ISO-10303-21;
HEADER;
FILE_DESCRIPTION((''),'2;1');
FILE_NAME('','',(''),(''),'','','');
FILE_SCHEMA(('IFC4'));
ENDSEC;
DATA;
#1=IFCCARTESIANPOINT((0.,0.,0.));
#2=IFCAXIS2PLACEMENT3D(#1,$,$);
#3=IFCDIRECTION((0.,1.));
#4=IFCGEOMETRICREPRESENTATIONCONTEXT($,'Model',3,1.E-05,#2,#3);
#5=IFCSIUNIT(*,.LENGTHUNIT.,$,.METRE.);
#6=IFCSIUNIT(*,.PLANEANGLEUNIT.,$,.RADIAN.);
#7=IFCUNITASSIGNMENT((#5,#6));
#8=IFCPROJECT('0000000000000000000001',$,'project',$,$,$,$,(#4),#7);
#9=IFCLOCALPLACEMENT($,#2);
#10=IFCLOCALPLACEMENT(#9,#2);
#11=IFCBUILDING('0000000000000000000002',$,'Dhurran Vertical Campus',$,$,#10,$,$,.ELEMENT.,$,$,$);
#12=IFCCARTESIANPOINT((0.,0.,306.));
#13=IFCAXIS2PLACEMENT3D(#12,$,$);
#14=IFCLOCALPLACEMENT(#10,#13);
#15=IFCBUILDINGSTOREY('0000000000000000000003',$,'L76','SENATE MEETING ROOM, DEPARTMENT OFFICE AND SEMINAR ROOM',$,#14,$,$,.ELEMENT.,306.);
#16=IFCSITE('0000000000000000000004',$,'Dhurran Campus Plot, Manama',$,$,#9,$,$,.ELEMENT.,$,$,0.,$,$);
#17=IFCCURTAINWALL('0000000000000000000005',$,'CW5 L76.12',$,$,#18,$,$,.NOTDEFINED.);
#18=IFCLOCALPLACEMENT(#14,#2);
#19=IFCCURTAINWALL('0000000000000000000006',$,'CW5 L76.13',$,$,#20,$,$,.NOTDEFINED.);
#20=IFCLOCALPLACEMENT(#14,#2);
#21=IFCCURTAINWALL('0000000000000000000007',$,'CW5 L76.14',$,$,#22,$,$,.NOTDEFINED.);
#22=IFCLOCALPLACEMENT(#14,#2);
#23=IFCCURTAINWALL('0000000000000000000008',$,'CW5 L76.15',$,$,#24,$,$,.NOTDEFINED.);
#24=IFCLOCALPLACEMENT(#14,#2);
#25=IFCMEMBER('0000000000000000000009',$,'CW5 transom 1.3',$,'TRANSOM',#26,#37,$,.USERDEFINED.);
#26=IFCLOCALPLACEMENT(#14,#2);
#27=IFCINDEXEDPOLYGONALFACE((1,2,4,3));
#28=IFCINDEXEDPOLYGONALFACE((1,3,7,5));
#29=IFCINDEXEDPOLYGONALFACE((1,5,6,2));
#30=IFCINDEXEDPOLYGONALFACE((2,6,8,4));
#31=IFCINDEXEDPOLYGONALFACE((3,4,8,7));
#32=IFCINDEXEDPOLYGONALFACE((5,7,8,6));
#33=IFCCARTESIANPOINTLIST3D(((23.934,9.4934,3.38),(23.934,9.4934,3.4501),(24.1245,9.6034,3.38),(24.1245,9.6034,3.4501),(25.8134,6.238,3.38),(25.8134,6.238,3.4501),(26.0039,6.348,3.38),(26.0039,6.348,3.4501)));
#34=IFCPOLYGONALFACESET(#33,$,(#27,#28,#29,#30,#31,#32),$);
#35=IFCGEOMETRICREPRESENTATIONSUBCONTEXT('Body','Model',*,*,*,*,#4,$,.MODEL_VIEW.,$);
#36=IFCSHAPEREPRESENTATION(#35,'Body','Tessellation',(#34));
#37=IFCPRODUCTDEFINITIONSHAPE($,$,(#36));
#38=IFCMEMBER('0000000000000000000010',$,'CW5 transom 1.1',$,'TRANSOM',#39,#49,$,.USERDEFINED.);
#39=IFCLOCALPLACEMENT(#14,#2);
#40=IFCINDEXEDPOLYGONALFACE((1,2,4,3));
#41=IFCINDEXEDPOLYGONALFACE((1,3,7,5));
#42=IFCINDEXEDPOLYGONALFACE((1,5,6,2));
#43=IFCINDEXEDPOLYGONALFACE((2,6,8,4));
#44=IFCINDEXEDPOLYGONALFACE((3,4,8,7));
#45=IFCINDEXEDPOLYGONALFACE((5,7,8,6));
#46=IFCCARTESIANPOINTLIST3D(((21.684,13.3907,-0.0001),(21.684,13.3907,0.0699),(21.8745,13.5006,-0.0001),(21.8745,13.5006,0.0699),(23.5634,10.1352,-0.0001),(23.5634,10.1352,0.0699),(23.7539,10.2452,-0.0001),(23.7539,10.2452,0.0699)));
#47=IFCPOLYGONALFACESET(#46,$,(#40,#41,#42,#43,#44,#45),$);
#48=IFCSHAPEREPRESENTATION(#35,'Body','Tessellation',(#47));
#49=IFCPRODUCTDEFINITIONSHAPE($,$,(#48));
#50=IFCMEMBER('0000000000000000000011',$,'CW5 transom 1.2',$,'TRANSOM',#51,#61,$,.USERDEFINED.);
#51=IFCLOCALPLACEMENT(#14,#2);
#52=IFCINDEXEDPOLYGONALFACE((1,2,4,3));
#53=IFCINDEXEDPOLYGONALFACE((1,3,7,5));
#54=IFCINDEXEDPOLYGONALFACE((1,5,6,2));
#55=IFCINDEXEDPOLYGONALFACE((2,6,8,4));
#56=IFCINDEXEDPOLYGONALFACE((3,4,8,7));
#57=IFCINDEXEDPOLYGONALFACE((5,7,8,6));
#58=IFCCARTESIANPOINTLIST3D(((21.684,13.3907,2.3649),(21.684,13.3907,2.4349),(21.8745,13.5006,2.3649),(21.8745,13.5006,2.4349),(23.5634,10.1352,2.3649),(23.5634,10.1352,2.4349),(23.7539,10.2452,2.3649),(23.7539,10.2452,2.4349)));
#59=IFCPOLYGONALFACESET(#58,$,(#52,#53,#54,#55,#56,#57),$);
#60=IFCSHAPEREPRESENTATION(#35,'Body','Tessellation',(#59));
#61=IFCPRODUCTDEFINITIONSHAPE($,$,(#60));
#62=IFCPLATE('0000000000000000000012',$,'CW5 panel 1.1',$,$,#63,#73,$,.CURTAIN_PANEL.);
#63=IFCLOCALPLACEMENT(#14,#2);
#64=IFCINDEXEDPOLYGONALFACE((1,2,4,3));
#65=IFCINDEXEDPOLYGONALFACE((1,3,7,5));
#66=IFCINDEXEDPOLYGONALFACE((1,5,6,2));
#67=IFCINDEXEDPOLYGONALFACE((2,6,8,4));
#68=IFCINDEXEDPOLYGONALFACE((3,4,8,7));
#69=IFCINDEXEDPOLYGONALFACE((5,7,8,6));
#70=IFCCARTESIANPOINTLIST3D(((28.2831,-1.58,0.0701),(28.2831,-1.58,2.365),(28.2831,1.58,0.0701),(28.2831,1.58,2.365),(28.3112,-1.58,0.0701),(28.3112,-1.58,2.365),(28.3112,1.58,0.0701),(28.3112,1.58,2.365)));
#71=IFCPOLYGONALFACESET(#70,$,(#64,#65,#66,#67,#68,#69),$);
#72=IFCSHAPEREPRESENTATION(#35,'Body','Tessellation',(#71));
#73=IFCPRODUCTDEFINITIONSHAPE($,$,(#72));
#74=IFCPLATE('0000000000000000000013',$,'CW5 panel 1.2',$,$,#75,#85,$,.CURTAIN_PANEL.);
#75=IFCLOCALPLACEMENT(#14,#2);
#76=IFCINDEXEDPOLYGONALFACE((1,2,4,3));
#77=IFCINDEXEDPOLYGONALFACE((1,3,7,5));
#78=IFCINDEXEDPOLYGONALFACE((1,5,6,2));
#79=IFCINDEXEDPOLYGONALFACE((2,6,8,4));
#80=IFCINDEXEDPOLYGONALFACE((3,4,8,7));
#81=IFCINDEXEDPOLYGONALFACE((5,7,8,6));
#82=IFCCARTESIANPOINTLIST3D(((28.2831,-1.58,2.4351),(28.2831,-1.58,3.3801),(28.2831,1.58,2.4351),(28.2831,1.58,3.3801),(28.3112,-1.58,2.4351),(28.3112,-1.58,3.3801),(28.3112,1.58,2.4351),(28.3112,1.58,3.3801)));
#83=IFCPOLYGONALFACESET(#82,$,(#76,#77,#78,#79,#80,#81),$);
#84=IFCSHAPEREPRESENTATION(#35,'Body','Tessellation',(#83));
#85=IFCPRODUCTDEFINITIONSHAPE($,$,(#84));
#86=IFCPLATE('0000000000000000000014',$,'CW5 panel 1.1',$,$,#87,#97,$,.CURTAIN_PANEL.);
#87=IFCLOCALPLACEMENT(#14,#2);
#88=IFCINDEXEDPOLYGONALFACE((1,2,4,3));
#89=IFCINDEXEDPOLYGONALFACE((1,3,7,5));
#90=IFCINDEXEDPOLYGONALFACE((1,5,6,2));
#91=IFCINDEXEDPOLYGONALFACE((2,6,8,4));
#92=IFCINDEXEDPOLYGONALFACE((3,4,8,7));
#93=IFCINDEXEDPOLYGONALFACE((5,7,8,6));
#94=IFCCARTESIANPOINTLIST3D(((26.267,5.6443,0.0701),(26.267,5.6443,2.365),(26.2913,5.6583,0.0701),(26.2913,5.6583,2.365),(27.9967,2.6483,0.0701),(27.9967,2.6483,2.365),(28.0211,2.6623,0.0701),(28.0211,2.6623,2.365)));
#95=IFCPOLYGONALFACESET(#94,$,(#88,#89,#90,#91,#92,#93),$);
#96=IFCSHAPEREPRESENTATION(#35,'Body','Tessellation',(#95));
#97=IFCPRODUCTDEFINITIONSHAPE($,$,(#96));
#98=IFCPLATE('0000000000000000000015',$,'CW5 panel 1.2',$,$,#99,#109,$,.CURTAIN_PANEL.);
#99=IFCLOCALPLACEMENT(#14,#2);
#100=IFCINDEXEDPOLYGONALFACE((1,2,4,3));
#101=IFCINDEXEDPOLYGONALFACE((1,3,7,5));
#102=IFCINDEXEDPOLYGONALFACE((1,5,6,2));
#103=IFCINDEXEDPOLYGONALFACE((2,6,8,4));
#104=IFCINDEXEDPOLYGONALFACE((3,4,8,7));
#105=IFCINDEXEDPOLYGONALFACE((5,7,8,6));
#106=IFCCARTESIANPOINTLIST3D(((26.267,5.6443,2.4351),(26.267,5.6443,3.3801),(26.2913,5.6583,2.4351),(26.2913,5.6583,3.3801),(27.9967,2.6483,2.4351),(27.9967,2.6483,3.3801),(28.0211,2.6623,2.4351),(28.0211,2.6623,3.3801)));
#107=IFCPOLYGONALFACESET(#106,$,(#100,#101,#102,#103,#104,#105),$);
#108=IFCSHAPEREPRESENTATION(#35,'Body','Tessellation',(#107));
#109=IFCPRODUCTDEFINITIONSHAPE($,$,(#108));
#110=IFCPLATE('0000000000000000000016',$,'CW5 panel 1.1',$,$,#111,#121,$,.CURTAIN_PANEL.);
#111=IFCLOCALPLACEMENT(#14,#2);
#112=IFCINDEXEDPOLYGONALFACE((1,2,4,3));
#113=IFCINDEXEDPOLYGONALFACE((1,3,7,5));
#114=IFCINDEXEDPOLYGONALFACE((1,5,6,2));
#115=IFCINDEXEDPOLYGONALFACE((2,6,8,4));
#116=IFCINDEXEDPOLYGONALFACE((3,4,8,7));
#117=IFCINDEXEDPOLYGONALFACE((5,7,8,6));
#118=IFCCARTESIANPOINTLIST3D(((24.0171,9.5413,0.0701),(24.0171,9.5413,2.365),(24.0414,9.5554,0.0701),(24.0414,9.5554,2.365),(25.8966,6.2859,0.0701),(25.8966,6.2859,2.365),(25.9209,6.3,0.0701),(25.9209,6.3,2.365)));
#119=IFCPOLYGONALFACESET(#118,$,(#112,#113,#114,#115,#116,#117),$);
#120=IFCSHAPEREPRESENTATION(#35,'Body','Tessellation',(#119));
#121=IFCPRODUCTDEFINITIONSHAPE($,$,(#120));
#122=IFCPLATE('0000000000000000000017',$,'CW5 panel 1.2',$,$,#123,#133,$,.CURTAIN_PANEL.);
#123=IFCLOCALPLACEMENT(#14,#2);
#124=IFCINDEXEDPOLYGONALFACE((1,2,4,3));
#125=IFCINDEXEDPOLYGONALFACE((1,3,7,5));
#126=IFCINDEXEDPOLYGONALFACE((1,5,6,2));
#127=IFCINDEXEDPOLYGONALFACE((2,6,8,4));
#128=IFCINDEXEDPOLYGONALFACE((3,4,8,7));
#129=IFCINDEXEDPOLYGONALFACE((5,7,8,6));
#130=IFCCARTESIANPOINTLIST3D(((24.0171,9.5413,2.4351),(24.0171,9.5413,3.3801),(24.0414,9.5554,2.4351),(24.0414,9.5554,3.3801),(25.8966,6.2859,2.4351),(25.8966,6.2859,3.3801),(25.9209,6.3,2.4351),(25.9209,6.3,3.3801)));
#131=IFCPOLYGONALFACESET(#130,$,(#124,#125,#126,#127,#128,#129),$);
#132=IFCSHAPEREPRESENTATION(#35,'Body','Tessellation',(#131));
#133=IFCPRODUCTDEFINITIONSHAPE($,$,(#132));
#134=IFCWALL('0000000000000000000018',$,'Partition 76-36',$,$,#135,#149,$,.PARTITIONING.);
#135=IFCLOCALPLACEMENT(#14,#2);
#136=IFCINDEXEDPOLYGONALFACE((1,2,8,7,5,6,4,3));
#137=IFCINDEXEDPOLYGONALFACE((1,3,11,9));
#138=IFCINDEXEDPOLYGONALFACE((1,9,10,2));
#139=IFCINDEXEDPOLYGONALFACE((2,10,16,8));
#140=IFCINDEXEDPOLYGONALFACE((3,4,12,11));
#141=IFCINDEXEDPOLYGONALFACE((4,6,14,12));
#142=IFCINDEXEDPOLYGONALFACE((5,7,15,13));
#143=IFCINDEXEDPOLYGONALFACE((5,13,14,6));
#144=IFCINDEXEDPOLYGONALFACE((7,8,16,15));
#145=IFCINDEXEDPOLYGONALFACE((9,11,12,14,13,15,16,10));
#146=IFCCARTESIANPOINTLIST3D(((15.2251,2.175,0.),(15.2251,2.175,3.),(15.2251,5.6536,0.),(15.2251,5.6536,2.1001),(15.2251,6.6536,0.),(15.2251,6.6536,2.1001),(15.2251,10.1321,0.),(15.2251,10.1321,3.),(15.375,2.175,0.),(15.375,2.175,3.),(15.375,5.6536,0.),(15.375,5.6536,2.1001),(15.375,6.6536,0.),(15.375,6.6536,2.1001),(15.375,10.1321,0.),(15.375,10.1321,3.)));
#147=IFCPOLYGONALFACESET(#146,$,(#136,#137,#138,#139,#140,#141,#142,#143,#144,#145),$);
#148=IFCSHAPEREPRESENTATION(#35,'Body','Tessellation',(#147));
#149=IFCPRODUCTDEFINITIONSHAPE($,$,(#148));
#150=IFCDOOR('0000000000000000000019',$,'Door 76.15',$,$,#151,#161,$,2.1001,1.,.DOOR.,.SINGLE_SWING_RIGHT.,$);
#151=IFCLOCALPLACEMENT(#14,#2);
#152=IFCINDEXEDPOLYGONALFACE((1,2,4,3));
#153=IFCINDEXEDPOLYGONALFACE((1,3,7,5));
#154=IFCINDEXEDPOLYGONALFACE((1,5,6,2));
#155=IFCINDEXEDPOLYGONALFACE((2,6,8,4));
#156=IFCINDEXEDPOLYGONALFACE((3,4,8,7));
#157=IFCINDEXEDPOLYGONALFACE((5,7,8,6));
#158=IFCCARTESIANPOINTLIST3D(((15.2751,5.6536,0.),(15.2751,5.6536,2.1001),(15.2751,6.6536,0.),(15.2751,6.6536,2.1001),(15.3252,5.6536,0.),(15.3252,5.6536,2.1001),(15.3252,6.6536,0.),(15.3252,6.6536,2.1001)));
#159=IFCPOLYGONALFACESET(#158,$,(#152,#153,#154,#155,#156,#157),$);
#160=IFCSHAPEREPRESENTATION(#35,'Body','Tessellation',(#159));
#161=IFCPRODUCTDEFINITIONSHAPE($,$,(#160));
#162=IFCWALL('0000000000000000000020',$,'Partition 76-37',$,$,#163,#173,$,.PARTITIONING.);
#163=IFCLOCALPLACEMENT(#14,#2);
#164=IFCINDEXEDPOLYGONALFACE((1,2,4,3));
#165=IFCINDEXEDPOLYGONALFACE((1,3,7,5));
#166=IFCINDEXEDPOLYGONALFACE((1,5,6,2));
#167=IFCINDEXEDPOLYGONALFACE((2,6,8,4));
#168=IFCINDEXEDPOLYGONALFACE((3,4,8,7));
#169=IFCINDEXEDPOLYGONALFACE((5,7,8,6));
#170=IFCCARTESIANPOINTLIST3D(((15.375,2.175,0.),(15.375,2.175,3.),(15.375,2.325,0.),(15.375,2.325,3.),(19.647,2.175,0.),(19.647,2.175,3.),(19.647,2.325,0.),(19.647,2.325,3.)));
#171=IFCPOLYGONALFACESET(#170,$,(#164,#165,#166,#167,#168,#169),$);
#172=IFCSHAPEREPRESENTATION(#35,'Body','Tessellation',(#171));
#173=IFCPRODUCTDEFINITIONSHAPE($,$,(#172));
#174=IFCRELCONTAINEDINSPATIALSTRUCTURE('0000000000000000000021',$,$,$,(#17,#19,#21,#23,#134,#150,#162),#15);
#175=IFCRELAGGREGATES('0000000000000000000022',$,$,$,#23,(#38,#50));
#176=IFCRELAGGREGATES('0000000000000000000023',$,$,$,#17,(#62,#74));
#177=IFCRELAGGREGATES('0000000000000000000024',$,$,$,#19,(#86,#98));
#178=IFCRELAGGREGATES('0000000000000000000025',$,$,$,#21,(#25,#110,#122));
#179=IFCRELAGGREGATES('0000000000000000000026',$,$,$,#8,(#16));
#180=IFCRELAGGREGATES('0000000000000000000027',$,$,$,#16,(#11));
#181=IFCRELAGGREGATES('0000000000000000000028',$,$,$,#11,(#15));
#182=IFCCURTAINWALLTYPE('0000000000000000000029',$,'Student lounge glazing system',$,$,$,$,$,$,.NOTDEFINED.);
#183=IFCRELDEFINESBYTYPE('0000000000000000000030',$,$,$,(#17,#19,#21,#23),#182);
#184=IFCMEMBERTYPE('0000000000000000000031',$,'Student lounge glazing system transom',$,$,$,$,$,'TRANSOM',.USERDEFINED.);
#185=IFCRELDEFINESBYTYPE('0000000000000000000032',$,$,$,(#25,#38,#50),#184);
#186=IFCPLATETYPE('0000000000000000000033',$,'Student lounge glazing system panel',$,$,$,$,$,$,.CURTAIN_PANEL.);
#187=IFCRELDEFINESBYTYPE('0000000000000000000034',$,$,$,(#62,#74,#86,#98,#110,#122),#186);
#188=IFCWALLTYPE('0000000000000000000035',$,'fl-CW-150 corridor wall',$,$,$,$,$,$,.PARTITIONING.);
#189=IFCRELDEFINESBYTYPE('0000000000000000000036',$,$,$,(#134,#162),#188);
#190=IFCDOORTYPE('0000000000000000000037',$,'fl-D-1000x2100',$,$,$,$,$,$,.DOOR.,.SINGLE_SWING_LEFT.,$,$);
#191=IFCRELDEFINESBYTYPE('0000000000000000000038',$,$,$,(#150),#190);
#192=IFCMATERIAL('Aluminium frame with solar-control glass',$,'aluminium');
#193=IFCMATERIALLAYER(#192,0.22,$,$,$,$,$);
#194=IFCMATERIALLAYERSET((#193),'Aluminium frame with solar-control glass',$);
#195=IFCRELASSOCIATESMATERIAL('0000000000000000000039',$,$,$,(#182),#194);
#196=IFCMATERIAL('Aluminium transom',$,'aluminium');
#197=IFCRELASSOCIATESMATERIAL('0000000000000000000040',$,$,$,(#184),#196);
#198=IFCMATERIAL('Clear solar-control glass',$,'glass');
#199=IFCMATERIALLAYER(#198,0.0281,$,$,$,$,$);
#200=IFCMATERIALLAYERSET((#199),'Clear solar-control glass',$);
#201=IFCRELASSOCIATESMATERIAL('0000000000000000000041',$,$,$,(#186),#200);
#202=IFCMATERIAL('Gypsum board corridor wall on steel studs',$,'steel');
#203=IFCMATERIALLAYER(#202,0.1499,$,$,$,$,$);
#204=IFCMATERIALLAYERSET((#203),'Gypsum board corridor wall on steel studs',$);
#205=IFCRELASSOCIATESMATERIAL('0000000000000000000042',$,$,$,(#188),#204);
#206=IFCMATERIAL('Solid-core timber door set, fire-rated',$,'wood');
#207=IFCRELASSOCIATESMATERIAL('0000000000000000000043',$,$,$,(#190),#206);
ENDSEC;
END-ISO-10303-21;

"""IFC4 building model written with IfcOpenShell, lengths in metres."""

from ifc_helpers import new_model, si_unit, direction, frame, frame_2d, origin, origin_2d, place, context, subcontext, project, spatial, rectangle, extrude, material, layer, layer_set, material_profile, profile_set, type_object, element, fill, aggregate, save


model = new_model("IFC4")

# Units and contexts
model_context = context("Model", 3, precision=1e-05, world=origin(), true_north=direction((0.0, 1.0)))
body_context = subcontext(model_context, "Body", "Model", "MODEL_VIEW")
ifc_project = project(units=[si_unit("LENGTHUNIT", "METRE"), si_unit("PLANEANGLEUNIT", "RADIAN")], contexts=[model_context])

# Site, building, storey
site_placement = place(None, origin())
site = spatial("IfcSite", under=ifc_project, at=site_placement, Name="Dhurran Campus Plot, Manama", CompositionType="ELEMENT", RefElevation=0.0)
building_placement = place(site_placement, origin())
building = spatial("IfcBuilding", under=site, at=building_placement, Name="Dhurran Vertical Campus", CompositionType="ELEMENT")
storey_placement = place(building_placement, frame((0.0, 0.0, 306.0)))
storey = spatial("IfcBuildingStorey", under=building, at=storey_placement, Name="L76", Description="SENATE MEETING ROOM, DEPARTMENT OFFICE AND SEMINAR ROOM", CompositionType="ELEMENT", Elevation=306.0)

# Curtain wall
ifc_material_1 = material(Name="Aluminium frame with solar-control glass", Category="aluminium")
ifc_layer_1 = layer(ifc_material_1, 0.22)
ifc_layer_set_1 = layer_set([ifc_layer_1], Name="Aluminium frame with solar-control glass")
curtain_wall_type = type_object("IfcCurtainWallType", Name="Student lounge glazing system", PredefinedType="NOTDEFINED", material=ifc_layer_set_1)
curtain_wall_1_placement = place(storey_placement, origin())
curtain_wall_1 = element("IfcCurtainWall", 1, at=curtain_wall_1_placement, inside=storey, type_object=curtain_wall_type, Name="CW5 L76.12", PredefinedType="NOTDEFINED")

# Curtain walls
curtain_wall_2_placement = place(storey_placement, origin())
curtain_wall_2 = element("IfcCurtainWall", 2, at=curtain_wall_2_placement, inside=storey, type_object=curtain_wall_type, Name="CW5 L76.13", PredefinedType="NOTDEFINED")
curtain_wall_3_placement = place(storey_placement, origin())
curtain_wall_3 = element("IfcCurtainWall", 3, at=curtain_wall_3_placement, inside=storey, type_object=curtain_wall_type, Name="CW5 L76.14", PredefinedType="NOTDEFINED")

# Curtain wall
curtain_wall_4_placement = place(storey_placement, origin())
curtain_wall_4 = element("IfcCurtainWall", 4, at=curtain_wall_4_placement, inside=storey, type_object=curtain_wall_type, Name="CW5 L76.15", PredefinedType="NOTDEFINED")

# Members
ifc_material_2 = material(Name="Aluminium transom", Category="aluminium")
ifc_material_profile_1 = material_profile(ifc_material_2, rectangle(XDim=0.22, YDim=0.0701, at=origin_2d()), Name="Student lounge glazing system transom")
ifc_profile_set_1 = profile_set([ifc_material_profile_1], Name="Aluminium transom")
member_type_1 = type_object("IfcMemberType", Name="Student lounge glazing system transom", ElementType="TRANSOM", PredefinedType="USERDEFINED", material=ifc_profile_set_1)
member_1_placement = place(storey_placement, frame((25.9087, 6.293, 3.415), z_axis=(-0.499981, 0.866036, 0.0), x_axis=(-0.866036, -0.499981, 0.0)))
member_1 = element("IfcMember", 5, at=member_1_placement, type_object=member_type_1, Name="CW5 transom 1.3", ObjectType="TRANSOM", PredefinedType="USERDEFINED", context=body_context, shape_type="SweptSolid", body=[
    extrude(rectangle(XDim=0.22, YDim=0.0701, at=origin_2d()), origin(), (0.0, 0.0, 1.0), 3.759),
])
member_2_placement = place(storey_placement, frame((23.6587, 10.1902, 0.0349), z_axis=(-0.499981, 0.866036, 0.0), x_axis=(-0.866036, -0.499981, 0.0)))
member_2 = element("IfcMember", 6, at=member_2_placement, type_object=member_type_1, Name="CW5 transom 1.1", ObjectType="TRANSOM", PredefinedType="USERDEFINED", context=body_context, shape_type="SweptSolid", body=[
    extrude(rectangle(XDim=0.22, YDim=0.0701, at=origin_2d()), origin(), (0.0, 0.0, 1.0), 3.759),
])
member_3_placement = place(storey_placement, frame((23.6587, 10.1902, 2.3999), z_axis=(-0.499981, 0.866036, 0.0), x_axis=(-0.866036, -0.499981, 0.0)))
member_3 = element("IfcMember", 7, at=member_3_placement, type_object=member_type_1, Name="CW5 transom 1.2", ObjectType="TRANSOM", PredefinedType="USERDEFINED", context=body_context, shape_type="SweptSolid", body=[
    extrude(rectangle(XDim=0.22, YDim=0.0701, at=origin_2d()), origin(), (0.0, 0.0, 1.0), 3.759),
])
aggregate(curtain_wall_4, [member_2, member_3])

# Plates
ifc_material_3 = material(Name="Clear solar-control glass", Category="glass")
ifc_layer_2 = layer(ifc_material_3, 0.0281)
ifc_layer_set_2 = layer_set([ifc_layer_2], Name="Clear solar-control glass")
plate_type = type_object("IfcPlateType", Name="Student lounge glazing system panel", PredefinedType="CURTAIN_PANEL", material=ifc_layer_set_2)
plate_1_placement = place(storey_placement, frame((28.2971, 0.0, 0.0701), z_axis=(0.0, 0.0, 1.0), x_axis=(0.0, 1.0, 0.0)))
plate_1 = element("IfcPlate", 8, at=plate_1_placement, type_object=plate_type, Name="CW5 panel 1.1", PredefinedType="CURTAIN_PANEL", context=body_context, shape_type="SweptSolid", body=[
    extrude(rectangle(XDim=3.1599, YDim=0.0281, at=origin_2d()), origin(), (0.0, 0.0, 1.0), 2.2949),
])
plate_2_placement = place(storey_placement, frame((28.2971, 0.0, 2.4351), z_axis=(0.0, 0.0, 1.0), x_axis=(0.0, 1.0, 0.0)))
plate_2 = element("IfcPlate", 9, at=plate_2_placement, type_object=plate_type, Name="CW5 panel 1.2", PredefinedType="CURTAIN_PANEL", context=body_context, shape_type="SweptSolid", body=[
    extrude(rectangle(XDim=3.1599, YDim=0.0281, at=origin_2d()), origin(), (0.0, 0.0, 1.0), 0.9451),
])
aggregate(curtain_wall_1, [plate_1, plate_2])
plate_3_placement = place(storey_placement, frame((27.144, 4.1533, 0.0701), z_axis=(0.0, 0.0, 1.0), x_axis=(-0.499997, 0.866027, 0.0)))
plate_3 = element("IfcPlate", 10, at=plate_3_placement, type_object=plate_type, Name="CW5 panel 1.1", PredefinedType="CURTAIN_PANEL", context=body_context, shape_type="SweptSolid", body=[
    extrude(rectangle(XDim=3.4595, YDim=0.0281, at=origin_2d()), origin(), (0.0, 0.0, 1.0), 2.2949),
])
plate_4_placement = place(storey_placement, frame((27.144, 4.1533, 2.4351), z_axis=(0.0, 0.0, 1.0), x_axis=(-0.499997, 0.866027, 0.0)))
plate_4 = element("IfcPlate", 11, at=plate_4_placement, type_object=plate_type, Name="CW5 panel 1.2", PredefinedType="CURTAIN_PANEL", context=body_context, shape_type="SweptSolid", body=[
    extrude(rectangle(XDim=3.4595, YDim=0.0281, at=origin_2d()), origin(), (0.0, 0.0, 1.0), 0.9451),
])
aggregate(curtain_wall_2, [plate_3, plate_4])
plate_5_placement = place(storey_placement, frame((24.969, 7.9207, 0.0701), z_axis=(0.0, 0.0, 1.0), x_axis=(-0.500004, 0.866023, 0.0)))
plate_5 = element("IfcPlate", 12, at=plate_5_placement, type_object=plate_type, Name="CW5 panel 1.1", PredefinedType="CURTAIN_PANEL", context=body_context, shape_type="SweptSolid", body=[
    extrude(rectangle(XDim=3.759, YDim=0.0281, at=origin_2d()), origin(), (0.0, 0.0, 1.0), 2.2949),
])
plate_6_placement = place(storey_placement, frame((24.969, 7.9207, 2.4351), z_axis=(0.0, 0.0, 1.0), x_axis=(-0.500004, 0.866023, 0.0)))
plate_6 = element("IfcPlate", 13, at=plate_6_placement, type_object=plate_type, Name="CW5 panel 1.2", PredefinedType="CURTAIN_PANEL", context=body_context, shape_type="SweptSolid", body=[
    extrude(rectangle(XDim=3.759, YDim=0.0281, at=origin_2d()), origin(), (0.0, 0.0, 1.0), 0.9451),
])
aggregate(curtain_wall_3, [member_1, plate_5, plate_6])

# Wall, opening, door
ifc_material_4 = material(Name="Gypsum board corridor wall on steel studs", Category="steel")
ifc_layer_3 = layer(ifc_material_4, 0.1499)
ifc_layer_set_3 = layer_set([ifc_layer_3], Name="Gypsum board corridor wall on steel studs")
wall_type_1 = type_object("IfcWallType", Name="fl-CW-150 corridor wall", PredefinedType="PARTITIONING", material=ifc_layer_set_3)
wall_1_placement = place(storey_placement, frame((15.3, 2.175, 0.0), z_axis=(0.0, 0.0, 1.0), x_axis=(0.0, 1.0, 0.0)))
wall_1 = element("IfcWall", 14, at=wall_1_placement, inside=storey, type_object=wall_type_1, Name="Partition 76-36", PredefinedType="PARTITIONING", context=body_context, shape_type="SweptSolid", body=[
    extrude(rectangle(XDim=7.957, YDim=0.1499, at=frame_2d((3.9785, 0.0))), origin(), (0.0, 0.0, 1.0), 3.0),
])
opening_1_placement = place(wall_1_placement, frame((3.4785, 0.0, 0.0)))
opening_1 = element("IfcOpeningElement", 15, at=opening_1_placement, cuts=wall_1, PredefinedType="OPENING", context=body_context, shape_type="SweptSolid", body=[
    extrude(rectangle(XDim=1.0, YDim=2.1001, at=frame_2d((0.5, 1.05))), frame((0.0, 0.085, 0.0), z_axis=(0.0, -1.0, 0.0), x_axis=(1.0, 0.0, 0.0)), (0.0, 0.0, 1.0), 0.1699),
])
ifc_material_5 = material(Name="Solid-core timber door set, fire-rated", Category="wood")
door_type = type_object("IfcDoorType", Name="fl-D-1000x2100", OperationType="SINGLE_SWING_LEFT", PredefinedType="DOOR", material=ifc_material_5)
door_1_placement = place(opening_1_placement, origin())
door_1 = element("IfcDoor", 16, at=door_1_placement, inside=storey, type_object=door_type, Name="Door 76.15", OperationType="SINGLE_SWING_RIGHT", OverallHeight=2.1001, OverallWidth=1.0, PredefinedType="DOOR", context=body_context, shape_type="SweptSolid", body=[
    extrude(rectangle(XDim=1.0, YDim=2.1001, at=frame_2d((0.5, 1.05))), frame((0.0, 0.0249, 0.0), z_axis=(0.0, -1.0, 0.0), x_axis=(1.0, 0.0, 0.0)), (0.0, 0.0, 1.0), 0.05),
])
fill(opening_1, door_1)

# Wall
wall_2_placement = place(storey_placement, frame((15.375, 2.25, 0.0), z_axis=(0.0, 0.0, 1.0), x_axis=(1.0, 0.0, 0.0)))
element("IfcWall", 17, at=wall_2_placement, inside=storey, type_object=wall_type_1, Name="Partition 76-37", PredefinedType="PARTITIONING", context=body_context, shape_type="SweptSolid", body=[
    extrude(rectangle(XDim=4.272, YDim=0.1499, at=frame_2d((2.136, 0.0))), origin(), (0.0, 0.0, 1.0), 3.0),
])

save(model, "model.ifc")
